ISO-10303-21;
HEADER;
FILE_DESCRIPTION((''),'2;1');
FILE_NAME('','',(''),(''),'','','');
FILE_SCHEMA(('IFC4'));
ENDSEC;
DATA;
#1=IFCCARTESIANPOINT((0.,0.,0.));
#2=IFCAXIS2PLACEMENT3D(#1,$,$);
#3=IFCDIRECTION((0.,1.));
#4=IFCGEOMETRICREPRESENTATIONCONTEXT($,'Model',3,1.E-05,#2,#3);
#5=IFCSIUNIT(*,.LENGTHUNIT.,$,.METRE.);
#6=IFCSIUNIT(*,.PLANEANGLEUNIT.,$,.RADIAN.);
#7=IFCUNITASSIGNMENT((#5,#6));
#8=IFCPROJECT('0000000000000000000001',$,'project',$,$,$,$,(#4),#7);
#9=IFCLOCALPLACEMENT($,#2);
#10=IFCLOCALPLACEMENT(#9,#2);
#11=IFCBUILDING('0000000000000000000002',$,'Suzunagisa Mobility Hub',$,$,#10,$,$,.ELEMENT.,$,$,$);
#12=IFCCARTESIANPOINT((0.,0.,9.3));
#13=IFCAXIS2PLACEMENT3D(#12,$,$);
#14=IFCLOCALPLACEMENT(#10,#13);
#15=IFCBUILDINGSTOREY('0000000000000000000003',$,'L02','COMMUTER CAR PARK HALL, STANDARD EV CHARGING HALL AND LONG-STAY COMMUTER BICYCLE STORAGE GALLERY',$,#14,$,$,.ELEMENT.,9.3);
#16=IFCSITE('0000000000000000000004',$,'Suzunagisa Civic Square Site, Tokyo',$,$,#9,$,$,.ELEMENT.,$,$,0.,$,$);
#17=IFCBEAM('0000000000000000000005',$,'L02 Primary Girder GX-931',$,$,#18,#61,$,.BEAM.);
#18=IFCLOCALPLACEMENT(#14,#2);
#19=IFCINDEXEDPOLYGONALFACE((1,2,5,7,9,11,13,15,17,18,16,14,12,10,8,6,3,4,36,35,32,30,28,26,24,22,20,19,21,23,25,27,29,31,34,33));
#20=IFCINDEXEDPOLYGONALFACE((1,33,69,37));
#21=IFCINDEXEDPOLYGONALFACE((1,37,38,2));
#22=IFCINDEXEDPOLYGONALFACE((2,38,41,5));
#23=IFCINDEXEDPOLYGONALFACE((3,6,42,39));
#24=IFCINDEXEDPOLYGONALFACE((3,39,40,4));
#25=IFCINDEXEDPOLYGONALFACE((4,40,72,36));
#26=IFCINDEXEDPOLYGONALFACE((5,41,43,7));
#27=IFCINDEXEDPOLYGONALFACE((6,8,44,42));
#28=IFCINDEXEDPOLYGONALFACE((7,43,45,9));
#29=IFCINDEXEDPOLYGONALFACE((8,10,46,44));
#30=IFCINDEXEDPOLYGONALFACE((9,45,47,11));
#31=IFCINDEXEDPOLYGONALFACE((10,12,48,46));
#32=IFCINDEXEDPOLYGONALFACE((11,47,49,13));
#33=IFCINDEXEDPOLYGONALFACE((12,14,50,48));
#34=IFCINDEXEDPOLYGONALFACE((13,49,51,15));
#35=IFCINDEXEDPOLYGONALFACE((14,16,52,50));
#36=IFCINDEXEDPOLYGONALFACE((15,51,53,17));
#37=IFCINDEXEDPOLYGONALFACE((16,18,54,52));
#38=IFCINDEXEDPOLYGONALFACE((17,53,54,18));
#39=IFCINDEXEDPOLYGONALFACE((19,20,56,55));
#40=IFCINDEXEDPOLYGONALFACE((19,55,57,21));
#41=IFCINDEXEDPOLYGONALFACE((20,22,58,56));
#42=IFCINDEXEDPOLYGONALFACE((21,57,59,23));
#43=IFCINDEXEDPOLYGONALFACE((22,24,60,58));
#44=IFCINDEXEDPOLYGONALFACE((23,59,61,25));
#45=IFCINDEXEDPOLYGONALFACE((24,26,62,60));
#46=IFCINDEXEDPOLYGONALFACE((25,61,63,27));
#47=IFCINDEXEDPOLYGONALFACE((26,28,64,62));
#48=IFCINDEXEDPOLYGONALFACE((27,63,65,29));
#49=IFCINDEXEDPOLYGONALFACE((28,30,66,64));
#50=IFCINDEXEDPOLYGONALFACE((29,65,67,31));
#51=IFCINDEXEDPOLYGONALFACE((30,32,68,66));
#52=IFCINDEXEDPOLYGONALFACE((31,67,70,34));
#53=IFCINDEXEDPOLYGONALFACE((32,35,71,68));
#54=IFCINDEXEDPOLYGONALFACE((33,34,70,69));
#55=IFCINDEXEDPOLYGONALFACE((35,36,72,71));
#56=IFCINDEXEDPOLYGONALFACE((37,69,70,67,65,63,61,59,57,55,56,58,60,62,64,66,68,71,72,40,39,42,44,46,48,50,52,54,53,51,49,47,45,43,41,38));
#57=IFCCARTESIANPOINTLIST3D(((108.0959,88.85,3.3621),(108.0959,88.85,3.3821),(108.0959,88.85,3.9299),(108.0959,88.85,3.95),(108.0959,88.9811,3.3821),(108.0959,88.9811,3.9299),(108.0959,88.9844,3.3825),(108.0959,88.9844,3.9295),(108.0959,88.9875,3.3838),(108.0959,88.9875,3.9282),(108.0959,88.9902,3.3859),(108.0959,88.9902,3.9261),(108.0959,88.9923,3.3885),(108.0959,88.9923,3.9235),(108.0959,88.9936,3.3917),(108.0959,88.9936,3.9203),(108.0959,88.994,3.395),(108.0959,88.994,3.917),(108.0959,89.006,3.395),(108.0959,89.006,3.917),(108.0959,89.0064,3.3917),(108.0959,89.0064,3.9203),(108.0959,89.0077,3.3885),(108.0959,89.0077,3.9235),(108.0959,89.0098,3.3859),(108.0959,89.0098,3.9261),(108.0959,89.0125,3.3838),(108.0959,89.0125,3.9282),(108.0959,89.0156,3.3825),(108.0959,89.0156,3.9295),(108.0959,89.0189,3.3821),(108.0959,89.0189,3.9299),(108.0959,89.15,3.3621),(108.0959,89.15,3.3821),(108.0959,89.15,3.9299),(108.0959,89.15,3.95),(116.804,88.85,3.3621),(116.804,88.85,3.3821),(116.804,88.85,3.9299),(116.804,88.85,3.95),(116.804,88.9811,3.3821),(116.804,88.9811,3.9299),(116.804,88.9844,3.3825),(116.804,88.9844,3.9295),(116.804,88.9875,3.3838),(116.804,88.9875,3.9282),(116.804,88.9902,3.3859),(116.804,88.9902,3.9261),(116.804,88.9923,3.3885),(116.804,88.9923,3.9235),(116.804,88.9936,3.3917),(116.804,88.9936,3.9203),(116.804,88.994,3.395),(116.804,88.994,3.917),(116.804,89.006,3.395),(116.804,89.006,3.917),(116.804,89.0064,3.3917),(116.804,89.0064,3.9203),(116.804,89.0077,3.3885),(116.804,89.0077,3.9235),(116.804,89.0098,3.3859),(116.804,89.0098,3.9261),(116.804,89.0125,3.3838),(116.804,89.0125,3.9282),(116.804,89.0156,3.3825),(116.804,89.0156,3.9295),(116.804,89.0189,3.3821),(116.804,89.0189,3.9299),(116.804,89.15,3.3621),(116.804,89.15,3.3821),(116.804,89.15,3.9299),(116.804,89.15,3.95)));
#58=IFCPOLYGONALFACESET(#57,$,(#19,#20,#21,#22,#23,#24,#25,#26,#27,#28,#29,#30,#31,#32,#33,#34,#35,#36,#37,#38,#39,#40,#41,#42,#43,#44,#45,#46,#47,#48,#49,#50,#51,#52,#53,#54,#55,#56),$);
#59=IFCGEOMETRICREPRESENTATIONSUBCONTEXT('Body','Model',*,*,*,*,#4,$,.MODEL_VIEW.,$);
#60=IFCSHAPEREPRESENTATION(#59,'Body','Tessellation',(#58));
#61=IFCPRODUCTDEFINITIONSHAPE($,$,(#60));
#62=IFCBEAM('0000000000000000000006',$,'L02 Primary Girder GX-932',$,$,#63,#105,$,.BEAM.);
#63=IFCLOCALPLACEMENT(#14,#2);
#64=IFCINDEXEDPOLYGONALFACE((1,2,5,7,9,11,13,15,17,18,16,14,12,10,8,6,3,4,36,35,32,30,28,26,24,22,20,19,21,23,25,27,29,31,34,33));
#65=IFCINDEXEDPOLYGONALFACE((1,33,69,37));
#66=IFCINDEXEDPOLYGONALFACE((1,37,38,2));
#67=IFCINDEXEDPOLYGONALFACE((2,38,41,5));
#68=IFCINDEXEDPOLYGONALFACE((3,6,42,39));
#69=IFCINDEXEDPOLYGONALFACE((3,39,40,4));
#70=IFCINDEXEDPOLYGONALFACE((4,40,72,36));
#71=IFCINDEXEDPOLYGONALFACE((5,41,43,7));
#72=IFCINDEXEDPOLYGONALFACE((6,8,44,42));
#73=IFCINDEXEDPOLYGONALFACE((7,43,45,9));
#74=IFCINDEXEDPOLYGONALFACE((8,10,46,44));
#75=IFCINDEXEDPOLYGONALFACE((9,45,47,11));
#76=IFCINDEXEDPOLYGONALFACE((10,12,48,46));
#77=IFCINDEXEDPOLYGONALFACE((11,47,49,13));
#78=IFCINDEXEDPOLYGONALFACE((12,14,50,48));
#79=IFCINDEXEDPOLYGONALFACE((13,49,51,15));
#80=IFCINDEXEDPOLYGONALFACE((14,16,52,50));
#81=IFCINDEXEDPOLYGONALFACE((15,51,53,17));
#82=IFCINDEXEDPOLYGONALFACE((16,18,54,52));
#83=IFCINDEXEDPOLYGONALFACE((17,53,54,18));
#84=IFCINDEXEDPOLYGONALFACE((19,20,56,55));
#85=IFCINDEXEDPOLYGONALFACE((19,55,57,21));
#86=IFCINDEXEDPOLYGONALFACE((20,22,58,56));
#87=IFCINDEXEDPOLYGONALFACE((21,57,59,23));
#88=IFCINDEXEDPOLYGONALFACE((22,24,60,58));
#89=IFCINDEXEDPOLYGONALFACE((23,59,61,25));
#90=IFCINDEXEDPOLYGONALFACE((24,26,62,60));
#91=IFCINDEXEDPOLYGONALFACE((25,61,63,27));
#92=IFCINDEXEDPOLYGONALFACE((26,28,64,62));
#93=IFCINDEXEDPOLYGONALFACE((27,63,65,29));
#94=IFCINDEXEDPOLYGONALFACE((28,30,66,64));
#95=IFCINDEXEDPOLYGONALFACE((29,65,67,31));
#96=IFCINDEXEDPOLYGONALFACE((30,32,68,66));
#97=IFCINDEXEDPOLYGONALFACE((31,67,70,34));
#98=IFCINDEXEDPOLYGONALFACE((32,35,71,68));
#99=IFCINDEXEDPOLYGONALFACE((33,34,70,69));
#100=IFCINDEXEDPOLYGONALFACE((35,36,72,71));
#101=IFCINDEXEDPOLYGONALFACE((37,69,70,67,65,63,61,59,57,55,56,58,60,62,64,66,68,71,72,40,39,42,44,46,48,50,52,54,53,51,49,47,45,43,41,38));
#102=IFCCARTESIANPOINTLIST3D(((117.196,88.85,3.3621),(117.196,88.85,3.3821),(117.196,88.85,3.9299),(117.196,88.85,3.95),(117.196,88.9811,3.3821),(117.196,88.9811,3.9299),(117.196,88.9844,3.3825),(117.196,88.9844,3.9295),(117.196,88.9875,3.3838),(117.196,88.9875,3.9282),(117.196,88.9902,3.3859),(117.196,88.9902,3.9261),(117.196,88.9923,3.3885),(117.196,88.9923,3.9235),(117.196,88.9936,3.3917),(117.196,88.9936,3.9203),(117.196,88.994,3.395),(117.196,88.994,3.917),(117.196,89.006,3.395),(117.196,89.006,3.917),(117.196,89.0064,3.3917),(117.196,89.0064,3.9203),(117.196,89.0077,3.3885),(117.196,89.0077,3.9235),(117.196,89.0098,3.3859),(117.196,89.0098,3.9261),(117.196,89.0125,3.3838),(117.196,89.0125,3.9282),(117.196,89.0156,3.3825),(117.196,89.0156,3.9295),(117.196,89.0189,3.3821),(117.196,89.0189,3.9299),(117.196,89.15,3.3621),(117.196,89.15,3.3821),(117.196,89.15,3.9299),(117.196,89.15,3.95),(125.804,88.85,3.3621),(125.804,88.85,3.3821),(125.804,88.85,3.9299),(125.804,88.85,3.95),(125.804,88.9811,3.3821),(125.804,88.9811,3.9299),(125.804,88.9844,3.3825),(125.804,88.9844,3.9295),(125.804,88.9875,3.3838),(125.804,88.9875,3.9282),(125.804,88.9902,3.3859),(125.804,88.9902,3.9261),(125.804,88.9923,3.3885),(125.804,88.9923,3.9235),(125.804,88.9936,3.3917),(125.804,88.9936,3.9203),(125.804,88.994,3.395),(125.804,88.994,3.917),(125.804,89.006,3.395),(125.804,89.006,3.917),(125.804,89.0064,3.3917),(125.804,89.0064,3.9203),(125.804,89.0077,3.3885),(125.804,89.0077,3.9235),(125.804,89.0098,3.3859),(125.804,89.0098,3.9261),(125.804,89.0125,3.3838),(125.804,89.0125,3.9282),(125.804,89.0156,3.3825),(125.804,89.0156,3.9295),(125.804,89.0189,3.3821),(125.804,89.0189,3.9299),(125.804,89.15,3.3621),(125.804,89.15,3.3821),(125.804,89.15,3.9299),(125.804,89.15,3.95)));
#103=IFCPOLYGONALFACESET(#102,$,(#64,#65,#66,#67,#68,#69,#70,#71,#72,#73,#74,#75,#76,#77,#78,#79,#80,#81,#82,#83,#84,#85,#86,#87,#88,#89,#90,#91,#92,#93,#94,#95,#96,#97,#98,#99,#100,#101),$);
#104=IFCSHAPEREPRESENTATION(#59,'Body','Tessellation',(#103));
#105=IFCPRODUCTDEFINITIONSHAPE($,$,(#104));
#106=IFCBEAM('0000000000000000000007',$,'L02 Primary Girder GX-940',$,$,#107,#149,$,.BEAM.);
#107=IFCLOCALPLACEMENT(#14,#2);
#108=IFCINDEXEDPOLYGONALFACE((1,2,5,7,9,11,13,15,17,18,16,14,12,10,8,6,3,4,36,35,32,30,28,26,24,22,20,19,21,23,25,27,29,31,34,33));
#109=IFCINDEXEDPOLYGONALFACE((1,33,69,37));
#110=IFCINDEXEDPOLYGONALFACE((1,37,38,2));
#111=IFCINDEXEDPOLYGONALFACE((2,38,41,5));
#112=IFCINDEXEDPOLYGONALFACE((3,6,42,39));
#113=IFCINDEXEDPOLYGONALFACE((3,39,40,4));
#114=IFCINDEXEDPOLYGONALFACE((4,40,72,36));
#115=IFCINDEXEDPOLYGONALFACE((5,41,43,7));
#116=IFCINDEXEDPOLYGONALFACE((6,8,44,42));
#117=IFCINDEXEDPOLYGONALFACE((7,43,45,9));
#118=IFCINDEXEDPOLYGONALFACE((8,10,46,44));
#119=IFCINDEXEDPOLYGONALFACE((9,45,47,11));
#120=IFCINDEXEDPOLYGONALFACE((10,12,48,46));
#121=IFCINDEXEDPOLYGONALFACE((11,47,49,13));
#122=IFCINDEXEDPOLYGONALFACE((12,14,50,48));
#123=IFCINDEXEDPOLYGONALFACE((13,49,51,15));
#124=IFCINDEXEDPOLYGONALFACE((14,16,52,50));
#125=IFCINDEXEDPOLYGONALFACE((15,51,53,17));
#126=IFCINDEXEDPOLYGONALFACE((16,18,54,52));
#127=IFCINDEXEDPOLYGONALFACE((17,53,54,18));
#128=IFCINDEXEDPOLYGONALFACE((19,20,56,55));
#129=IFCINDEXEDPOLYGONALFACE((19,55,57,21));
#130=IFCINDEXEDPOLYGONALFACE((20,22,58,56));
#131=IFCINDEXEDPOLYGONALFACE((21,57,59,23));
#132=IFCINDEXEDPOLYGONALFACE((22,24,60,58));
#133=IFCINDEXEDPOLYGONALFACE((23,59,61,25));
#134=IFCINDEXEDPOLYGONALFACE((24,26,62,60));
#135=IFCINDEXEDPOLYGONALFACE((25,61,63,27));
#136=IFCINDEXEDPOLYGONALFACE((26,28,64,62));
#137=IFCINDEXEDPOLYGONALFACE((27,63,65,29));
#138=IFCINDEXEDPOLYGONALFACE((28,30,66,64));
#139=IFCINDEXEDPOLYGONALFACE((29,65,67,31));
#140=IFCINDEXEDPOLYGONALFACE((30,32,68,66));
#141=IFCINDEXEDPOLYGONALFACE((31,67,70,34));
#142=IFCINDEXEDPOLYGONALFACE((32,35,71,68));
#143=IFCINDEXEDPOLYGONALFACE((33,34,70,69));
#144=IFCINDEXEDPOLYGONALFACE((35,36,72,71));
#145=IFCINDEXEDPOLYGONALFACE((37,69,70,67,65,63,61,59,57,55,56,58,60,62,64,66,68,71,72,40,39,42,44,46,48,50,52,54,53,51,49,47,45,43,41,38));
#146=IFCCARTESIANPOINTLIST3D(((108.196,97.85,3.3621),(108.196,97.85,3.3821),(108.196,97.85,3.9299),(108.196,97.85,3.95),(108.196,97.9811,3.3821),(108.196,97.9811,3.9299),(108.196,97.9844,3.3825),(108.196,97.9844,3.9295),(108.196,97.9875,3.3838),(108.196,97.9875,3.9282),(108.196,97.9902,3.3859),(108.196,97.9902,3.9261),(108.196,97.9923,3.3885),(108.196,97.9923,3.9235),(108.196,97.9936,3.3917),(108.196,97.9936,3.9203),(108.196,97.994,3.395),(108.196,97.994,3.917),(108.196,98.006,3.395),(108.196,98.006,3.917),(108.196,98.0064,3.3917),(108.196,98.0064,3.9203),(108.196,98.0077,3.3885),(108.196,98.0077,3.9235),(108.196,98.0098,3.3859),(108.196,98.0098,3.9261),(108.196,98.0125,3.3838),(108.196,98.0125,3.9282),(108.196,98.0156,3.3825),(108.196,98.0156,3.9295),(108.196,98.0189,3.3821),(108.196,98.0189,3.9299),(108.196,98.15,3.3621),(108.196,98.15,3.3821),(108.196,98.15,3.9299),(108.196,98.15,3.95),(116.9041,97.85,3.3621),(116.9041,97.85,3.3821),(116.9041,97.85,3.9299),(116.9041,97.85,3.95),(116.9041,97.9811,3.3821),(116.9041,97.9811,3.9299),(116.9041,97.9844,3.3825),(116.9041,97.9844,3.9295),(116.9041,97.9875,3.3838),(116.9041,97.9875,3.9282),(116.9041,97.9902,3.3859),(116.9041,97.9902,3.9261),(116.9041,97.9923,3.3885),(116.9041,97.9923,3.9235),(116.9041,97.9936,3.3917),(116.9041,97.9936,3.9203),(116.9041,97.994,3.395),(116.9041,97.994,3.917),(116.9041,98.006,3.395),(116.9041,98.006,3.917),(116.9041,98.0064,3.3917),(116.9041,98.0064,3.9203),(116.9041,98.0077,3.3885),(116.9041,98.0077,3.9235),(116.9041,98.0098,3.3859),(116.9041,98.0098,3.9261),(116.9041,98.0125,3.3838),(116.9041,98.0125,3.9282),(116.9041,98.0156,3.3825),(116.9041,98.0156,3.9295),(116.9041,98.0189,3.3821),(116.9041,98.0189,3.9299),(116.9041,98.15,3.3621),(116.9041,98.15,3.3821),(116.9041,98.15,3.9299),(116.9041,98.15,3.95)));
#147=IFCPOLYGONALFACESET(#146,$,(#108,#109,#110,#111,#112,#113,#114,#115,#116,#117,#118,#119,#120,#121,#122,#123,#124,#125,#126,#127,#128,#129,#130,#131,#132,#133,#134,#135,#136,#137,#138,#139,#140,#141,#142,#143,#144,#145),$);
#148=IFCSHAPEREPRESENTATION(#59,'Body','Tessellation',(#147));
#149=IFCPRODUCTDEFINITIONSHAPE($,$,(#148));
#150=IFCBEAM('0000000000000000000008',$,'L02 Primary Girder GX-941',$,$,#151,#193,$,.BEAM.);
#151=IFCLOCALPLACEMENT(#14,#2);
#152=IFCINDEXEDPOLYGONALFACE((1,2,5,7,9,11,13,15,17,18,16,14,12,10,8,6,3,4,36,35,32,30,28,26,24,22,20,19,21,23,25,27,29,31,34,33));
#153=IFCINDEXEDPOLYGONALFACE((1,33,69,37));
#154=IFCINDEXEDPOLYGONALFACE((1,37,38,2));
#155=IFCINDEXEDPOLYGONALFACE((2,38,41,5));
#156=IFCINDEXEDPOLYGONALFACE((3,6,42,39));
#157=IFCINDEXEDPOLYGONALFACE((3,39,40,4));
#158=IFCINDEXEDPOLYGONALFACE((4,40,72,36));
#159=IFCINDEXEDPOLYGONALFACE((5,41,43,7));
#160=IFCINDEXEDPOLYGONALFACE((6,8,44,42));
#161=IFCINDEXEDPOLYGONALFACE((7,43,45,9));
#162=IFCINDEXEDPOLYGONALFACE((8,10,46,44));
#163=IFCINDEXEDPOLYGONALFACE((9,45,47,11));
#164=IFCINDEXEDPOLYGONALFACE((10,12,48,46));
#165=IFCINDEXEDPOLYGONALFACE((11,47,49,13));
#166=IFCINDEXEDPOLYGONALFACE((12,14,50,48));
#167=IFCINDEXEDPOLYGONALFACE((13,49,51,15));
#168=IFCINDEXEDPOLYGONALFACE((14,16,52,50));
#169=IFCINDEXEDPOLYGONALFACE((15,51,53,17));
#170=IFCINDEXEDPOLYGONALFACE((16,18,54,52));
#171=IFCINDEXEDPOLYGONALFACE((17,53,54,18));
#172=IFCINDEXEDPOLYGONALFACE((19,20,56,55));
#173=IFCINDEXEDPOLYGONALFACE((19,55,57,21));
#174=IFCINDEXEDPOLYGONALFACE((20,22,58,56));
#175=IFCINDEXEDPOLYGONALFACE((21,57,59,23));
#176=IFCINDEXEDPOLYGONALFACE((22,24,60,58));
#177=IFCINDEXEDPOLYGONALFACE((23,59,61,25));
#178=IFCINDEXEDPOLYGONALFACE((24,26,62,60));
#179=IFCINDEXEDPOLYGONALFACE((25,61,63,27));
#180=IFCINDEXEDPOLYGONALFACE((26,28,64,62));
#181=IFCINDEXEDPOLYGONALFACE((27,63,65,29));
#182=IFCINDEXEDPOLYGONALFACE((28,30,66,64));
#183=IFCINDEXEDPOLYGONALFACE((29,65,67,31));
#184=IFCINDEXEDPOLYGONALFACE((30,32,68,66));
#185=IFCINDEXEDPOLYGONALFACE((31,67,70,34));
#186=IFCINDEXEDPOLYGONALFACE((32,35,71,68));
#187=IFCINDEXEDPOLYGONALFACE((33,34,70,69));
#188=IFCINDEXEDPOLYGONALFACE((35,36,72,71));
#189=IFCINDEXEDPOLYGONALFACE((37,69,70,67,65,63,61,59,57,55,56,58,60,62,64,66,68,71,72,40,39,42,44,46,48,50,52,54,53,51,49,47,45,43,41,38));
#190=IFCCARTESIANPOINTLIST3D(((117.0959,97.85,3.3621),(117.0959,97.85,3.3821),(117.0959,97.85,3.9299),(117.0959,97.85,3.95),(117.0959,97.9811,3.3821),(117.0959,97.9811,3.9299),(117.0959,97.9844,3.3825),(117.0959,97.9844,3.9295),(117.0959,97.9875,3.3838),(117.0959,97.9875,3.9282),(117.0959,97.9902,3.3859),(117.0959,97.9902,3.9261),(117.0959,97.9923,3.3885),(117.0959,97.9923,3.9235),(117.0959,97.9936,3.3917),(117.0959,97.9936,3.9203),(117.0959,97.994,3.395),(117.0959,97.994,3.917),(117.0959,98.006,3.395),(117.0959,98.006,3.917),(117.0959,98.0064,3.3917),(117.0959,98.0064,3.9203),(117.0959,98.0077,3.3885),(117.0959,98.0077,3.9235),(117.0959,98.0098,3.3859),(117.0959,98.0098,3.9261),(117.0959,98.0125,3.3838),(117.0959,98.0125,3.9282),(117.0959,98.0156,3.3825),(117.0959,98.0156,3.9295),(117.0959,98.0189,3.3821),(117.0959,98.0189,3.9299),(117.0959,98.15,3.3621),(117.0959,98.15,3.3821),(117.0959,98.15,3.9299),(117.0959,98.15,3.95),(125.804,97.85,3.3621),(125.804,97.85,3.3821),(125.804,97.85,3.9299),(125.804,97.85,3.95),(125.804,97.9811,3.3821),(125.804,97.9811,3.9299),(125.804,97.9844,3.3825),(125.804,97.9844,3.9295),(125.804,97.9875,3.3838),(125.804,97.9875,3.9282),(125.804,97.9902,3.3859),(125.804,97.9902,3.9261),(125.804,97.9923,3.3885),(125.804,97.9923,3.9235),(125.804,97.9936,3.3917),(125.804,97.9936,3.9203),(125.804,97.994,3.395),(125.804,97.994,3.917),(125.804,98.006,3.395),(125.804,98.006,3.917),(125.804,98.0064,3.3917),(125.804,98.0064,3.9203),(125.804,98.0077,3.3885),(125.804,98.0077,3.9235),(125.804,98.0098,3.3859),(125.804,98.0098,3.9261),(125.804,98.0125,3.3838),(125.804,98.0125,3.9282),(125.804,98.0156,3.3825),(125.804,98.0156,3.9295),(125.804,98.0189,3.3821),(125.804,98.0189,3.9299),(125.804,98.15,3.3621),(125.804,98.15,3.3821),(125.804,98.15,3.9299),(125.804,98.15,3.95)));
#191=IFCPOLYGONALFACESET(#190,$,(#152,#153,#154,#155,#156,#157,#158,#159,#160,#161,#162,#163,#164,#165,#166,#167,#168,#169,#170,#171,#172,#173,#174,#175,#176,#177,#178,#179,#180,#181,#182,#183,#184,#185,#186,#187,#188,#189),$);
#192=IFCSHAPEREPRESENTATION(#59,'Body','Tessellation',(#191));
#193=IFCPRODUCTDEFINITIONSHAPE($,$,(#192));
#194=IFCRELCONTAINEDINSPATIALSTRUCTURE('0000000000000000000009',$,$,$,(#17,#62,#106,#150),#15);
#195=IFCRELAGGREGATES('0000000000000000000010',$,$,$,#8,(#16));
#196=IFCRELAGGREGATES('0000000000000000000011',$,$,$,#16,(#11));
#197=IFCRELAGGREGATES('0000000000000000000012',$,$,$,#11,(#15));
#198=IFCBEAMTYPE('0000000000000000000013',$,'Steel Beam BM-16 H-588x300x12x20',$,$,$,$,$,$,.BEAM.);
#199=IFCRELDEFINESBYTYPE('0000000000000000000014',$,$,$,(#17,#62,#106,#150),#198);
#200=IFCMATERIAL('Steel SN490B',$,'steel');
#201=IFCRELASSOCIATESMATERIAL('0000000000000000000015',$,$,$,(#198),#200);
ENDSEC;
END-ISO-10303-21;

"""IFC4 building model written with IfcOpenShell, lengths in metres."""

from ifc_helpers import new_model, si_unit, direction, frame, origin, origin_2d, place, context, subcontext, project, spatial, i_section, extrude, material, material_profile, profile_set, type_object, element, save


model = new_model("IFC4")

# Units and contexts
model_context = context("Model", 3, precision=1e-05, world=origin(), true_north=direction((0.0, 1.0)))
body_context = subcontext(model_context, "Body", "Model", "MODEL_VIEW")
ifc_project = project(units=[si_unit("LENGTHUNIT", "METRE"), si_unit("PLANEANGLEUNIT", "RADIAN")], contexts=[model_context])

# Site, building, storey
site_placement = place(None, origin())
site = spatial("IfcSite", under=ifc_project, at=site_placement, Name="Suzunagisa Civic Square Site, Tokyo", CompositionType="ELEMENT", RefElevation=0.0)
building_placement = place(site_placement, origin())
building = spatial("IfcBuilding", under=site, at=building_placement, Name="Suzunagisa Mobility Hub", CompositionType="ELEMENT")
storey_placement = place(building_placement, frame((0.0, 0.0, 9.3)))
storey = spatial("IfcBuildingStorey", under=building, at=storey_placement, Name="L02", Description="COMMUTER CAR PARK HALL, STANDARD EV CHARGING HALL AND LONG-STAY COMMUTER BICYCLE STORAGE GALLERY", CompositionType="ELEMENT", Elevation=9.3)

# Shared definitions
ifc_material_1 = material(Name="Steel SN490B", Category="steel")

# Beams
ifc_material_profile_1 = material_profile(ifc_material_1, i_section(OverallWidth=0.3, OverallDepth=0.5879, WebThickness=0.012, FlangeThickness=0.02, FilletRadius=0.0129, at=origin_2d()), Name="H-588x300x12x20")
ifc_profile_set_1 = profile_set([ifc_material_profile_1], Name="Steel SN490B")
beam_type_1 = type_object("IfcBeamType", Name="Steel Beam BM-16 H-588x300x12x20", PredefinedType="BEAM", material=ifc_profile_set_1)
beam_1_placement = place(storey_placement, frame((108.0959, 89.0, 3.656), z_axis=(1.0, 0.0, 0.0), x_axis=(0.0, 1.0, 0.0)))
element("IfcBeam", 1, at=beam_1_placement, inside=storey, type_object=beam_type_1, Name="L02 Primary Girder GX-931", PredefinedType="BEAM", context=body_context, shape_type="SweptSolid", body=[
    extrude(i_section(OverallWidth=0.3, OverallDepth=0.5879, WebThickness=0.012, FlangeThickness=0.02, FilletRadius=0.0129, at=origin_2d()), origin(), (0.0, 0.0, 1.0), 8.708),
])
beam_2_placement = place(storey_placement, frame((117.196, 89.0, 3.656), z_axis=(1.0, 0.0, 0.0), x_axis=(0.0, 1.0, 0.0)))
element("IfcBeam", 2, at=beam_2_placement, inside=storey, type_object=beam_type_1, Name="L02 Primary Girder GX-932", PredefinedType="BEAM", context=body_context, shape_type="SweptSolid", body=[
    extrude(i_section(OverallWidth=0.3, OverallDepth=0.5879, WebThickness=0.012, FlangeThickness=0.02, FilletRadius=0.0129, at=origin_2d()), origin(), (0.0, 0.0, 1.0), 8.6079),
])
for number, where, z_axis, x_axis, name in (
    (3, (108.196, 98.0, 3.656), (1.0, 0.0, 0.0), (0.0, 1.0, 0.0), "L02 Primary Girder GX-940"),
    (4, (117.0959, 98.0, 3.656), (1.0, 0.0, 0.0), (0.0, 1.0, 0.0), "L02 Primary Girder GX-941"),
):
    element("IfcBeam", number, at=place(storey_placement, frame(where, z_axis=z_axis, x_axis=x_axis)), inside=storey, type_object=beam_type_1, Name=name, PredefinedType="BEAM", context=body_context, shape_type="SweptSolid", body=[
        extrude(i_section(OverallWidth=0.3, OverallDepth=0.5879, WebThickness=0.012, FlangeThickness=0.02, FilletRadius=0.0129, at=origin_2d()), origin(), (0.0, 0.0, 1.0), 8.708),
    ])

save(model, "model.ifc")
